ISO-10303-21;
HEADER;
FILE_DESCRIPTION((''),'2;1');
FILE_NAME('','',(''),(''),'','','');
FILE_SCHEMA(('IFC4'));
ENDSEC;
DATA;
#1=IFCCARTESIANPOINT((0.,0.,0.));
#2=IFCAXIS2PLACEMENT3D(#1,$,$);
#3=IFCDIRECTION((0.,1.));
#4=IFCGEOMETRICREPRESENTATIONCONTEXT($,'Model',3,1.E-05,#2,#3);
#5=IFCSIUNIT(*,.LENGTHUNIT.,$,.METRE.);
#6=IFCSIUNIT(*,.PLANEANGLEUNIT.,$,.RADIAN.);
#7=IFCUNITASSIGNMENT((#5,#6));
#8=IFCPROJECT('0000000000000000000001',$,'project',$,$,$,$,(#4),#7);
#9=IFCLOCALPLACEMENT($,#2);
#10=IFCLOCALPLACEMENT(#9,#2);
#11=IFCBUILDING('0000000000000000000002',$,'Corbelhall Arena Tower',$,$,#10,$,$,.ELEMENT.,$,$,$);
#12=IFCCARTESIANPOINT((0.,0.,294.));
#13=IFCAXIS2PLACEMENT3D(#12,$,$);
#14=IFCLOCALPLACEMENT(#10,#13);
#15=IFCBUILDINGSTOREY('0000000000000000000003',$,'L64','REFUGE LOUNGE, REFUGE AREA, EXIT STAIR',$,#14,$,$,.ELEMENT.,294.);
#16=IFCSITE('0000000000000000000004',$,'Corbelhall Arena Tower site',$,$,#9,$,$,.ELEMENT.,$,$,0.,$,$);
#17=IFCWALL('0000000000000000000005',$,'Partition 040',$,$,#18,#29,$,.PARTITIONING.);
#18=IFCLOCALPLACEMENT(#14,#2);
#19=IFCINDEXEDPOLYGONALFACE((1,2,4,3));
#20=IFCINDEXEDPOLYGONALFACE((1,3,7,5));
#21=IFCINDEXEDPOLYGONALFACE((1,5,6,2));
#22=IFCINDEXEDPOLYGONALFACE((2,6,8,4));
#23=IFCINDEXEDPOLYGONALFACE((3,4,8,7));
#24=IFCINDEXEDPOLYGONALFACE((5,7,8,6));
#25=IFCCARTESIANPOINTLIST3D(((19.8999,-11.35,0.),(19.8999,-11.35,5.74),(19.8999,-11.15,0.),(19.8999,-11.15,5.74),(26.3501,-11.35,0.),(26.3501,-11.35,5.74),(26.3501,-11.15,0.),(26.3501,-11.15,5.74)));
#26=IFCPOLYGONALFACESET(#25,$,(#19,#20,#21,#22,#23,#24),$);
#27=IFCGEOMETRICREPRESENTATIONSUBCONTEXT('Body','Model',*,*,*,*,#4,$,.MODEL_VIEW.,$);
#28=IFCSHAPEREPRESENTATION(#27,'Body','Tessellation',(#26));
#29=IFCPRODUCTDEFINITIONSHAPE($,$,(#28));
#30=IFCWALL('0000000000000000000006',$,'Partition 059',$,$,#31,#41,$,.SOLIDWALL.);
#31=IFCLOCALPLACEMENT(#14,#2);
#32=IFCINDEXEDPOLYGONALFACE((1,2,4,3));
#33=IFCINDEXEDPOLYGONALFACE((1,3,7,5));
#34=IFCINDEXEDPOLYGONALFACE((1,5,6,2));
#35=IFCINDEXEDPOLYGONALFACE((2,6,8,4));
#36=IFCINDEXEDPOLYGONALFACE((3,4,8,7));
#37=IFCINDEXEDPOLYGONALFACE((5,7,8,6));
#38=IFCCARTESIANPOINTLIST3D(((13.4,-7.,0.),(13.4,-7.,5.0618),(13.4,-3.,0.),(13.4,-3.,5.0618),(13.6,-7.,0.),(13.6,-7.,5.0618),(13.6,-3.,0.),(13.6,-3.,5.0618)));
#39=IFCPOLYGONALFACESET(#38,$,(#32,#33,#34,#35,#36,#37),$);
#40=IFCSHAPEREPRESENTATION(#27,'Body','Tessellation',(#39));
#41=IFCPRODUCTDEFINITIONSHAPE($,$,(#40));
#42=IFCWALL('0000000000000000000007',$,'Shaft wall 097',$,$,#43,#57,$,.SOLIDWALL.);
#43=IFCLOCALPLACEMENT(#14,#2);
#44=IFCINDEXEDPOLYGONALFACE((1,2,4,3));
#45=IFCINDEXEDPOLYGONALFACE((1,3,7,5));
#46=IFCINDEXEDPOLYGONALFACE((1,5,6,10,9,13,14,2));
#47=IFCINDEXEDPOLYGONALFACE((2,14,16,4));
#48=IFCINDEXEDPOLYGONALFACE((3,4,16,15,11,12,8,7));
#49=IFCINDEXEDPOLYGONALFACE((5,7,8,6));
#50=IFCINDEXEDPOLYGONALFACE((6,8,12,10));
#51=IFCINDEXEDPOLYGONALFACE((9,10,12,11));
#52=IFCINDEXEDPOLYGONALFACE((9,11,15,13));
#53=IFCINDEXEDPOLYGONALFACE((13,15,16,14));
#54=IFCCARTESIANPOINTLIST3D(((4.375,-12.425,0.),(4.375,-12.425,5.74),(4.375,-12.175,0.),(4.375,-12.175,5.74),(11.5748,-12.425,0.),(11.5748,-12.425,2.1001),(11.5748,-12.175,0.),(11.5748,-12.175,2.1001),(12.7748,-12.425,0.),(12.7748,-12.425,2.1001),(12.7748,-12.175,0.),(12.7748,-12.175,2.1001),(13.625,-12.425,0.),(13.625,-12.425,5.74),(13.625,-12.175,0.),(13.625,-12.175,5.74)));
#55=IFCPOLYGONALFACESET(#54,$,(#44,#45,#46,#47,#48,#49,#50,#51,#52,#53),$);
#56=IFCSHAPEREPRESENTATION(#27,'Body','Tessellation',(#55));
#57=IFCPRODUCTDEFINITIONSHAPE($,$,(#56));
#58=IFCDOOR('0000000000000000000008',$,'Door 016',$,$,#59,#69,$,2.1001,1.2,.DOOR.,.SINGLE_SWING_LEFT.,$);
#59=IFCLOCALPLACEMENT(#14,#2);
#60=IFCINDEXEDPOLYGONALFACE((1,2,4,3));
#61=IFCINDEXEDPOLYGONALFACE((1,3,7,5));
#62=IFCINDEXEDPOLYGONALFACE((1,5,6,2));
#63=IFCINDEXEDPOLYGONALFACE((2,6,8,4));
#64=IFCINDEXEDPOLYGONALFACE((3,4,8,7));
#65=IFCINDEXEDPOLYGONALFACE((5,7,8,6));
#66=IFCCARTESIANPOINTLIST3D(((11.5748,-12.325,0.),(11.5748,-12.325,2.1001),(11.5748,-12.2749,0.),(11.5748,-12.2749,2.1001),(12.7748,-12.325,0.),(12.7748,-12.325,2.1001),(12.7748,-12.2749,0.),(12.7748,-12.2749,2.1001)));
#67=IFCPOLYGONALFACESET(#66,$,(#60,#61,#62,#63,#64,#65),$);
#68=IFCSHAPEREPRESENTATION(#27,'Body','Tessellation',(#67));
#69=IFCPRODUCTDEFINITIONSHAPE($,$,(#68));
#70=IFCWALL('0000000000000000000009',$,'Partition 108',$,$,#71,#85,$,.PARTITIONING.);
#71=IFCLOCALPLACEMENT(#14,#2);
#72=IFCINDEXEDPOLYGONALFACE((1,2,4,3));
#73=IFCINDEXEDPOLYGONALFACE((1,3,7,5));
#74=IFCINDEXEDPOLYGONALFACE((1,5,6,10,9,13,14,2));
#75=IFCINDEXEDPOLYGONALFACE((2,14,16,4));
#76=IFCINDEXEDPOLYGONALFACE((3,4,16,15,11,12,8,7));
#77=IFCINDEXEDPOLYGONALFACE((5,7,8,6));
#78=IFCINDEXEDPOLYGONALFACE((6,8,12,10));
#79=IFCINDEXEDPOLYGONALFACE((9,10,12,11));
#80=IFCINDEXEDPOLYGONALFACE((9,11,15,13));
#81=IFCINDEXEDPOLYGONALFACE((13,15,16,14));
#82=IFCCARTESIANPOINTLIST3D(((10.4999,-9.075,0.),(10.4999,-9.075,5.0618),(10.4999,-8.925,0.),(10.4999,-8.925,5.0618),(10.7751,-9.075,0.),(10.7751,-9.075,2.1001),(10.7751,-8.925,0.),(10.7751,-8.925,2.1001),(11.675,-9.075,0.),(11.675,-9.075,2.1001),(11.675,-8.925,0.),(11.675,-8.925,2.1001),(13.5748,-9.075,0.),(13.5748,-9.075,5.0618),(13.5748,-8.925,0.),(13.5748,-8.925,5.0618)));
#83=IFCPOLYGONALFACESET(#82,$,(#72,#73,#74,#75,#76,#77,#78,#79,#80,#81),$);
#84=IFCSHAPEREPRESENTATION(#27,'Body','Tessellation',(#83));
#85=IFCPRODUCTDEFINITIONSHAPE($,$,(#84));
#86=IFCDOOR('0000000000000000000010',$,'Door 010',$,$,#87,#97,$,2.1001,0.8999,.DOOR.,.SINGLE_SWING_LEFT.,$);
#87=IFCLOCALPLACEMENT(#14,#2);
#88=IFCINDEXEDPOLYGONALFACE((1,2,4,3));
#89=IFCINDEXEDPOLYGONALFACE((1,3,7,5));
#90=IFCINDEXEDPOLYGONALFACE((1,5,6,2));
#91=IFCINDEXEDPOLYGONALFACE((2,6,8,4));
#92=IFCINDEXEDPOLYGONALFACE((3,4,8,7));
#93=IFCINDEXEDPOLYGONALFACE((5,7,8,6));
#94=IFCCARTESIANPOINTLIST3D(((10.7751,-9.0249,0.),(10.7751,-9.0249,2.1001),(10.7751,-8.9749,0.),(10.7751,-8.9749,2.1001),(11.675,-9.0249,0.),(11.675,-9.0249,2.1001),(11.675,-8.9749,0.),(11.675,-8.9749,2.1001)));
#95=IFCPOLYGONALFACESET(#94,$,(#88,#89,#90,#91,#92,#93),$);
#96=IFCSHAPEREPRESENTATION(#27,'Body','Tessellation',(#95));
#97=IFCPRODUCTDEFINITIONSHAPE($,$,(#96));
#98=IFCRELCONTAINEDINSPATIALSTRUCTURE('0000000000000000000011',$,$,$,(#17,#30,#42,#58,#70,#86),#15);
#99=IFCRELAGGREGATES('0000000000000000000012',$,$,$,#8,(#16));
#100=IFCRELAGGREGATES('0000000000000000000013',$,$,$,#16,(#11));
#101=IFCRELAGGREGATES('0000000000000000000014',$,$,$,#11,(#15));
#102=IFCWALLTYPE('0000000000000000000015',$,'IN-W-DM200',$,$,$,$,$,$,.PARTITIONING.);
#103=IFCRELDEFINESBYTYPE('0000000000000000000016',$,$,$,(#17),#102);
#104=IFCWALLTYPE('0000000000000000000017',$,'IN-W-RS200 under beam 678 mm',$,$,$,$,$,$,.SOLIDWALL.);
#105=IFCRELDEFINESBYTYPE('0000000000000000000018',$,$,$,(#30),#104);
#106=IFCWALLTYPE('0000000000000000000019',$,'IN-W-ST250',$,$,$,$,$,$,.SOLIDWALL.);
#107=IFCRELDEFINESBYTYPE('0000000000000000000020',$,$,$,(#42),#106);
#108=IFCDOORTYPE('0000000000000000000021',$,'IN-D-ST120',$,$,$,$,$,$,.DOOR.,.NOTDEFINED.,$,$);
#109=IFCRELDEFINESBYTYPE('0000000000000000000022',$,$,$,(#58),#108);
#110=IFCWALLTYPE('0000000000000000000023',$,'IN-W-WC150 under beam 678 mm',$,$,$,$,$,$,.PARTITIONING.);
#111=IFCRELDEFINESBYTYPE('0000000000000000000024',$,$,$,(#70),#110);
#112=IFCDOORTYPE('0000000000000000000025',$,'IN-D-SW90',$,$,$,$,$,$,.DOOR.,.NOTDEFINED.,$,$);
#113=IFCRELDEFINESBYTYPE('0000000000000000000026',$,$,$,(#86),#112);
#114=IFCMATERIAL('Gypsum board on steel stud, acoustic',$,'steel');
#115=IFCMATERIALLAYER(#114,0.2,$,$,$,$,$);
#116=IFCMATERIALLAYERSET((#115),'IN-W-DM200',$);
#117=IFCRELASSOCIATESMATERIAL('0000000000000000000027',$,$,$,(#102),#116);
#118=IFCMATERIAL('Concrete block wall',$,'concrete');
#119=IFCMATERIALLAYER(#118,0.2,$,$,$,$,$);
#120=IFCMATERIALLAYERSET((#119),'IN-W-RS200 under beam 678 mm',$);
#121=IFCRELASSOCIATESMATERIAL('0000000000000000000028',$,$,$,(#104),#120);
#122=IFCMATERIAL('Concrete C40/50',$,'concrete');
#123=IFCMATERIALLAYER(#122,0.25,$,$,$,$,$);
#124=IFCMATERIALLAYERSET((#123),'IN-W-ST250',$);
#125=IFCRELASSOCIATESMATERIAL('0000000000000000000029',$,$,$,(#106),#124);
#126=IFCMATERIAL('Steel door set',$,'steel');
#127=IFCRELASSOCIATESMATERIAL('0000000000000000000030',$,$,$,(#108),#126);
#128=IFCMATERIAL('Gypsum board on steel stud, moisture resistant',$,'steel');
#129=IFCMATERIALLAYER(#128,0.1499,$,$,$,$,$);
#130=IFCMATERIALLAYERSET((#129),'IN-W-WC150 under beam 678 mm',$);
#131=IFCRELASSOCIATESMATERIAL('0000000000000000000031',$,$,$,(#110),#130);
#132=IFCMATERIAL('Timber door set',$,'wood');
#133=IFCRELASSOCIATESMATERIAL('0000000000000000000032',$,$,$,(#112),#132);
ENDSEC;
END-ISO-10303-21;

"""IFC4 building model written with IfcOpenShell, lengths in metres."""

from ifc_helpers import new_model, si_unit, direction, frame, frame_2d, origin, place, context, subcontext, project, spatial, rectangle, extrude, material, layer, layer_set, type_object, element, fill, save


model = new_model("IFC4")

# Units and contexts
model_context = context("Model", 3, precision=1e-05, world=origin(), true_north=direction((0.0, 1.0)))
body_context = subcontext(model_context, "Body", "Model", "MODEL_VIEW")
ifc_project = project(units=[si_unit("LENGTHUNIT", "METRE"), si_unit("PLANEANGLEUNIT", "RADIAN")], contexts=[model_context])

# Site, building, storey
site_placement = place(None, origin())
site = spatial("IfcSite", under=ifc_project, at=site_placement, Name="Corbelhall Arena Tower site", CompositionType="ELEMENT", RefElevation=0.0)
building_placement = place(site_placement, origin())
building = spatial("IfcBuilding", under=site, at=building_placement, Name="Corbelhall Arena Tower", CompositionType="ELEMENT")
storey_placement = place(building_placement, frame((0.0, 0.0, 294.0)))
storey = spatial("IfcBuildingStorey", under=building, at=storey_placement, Name="L64", Description="REFUGE LOUNGE, REFUGE AREA, EXIT STAIR", CompositionType="ELEMENT", Elevation=294.0)

# Shared definitions
ifc_material_1 = material(Name="Gypsum board on steel stud, acoustic", Category="steel")
ifc_layer_1 = layer(ifc_material_1, 0.2)
ifc_layer_set_1 = layer_set([ifc_layer_1], Name="IN-W-DM200")
wall_type_1 = type_object("IfcWallType", Name="IN-W-DM200", PredefinedType="PARTITIONING", material=ifc_layer_set_1)

# Shared definitions
ifc_material_2 = material(Name="Steel door set", Category="steel")

# Walls
wall_1_placement = place(storey_placement, frame((19.8999, -11.25, 0.0), z_axis=(0.0, 0.0, 1.0), x_axis=(1.0, 0.0, 0.0)))
element("IfcWall", 1, at=wall_1_placement, inside=storey, type_object=wall_type_1, Name="Partition 040", PredefinedType="PARTITIONING", context=body_context, shape_type="SweptSolid", body=[
    extrude(rectangle(XDim=6.4502, YDim=0.2, at=frame_2d((3.2251, 0.0))), origin(), (0.0, 0.0, 1.0), 5.74),
])
ifc_material_3 = material(Name="Concrete block wall", Category="concrete")
ifc_layer_2 = layer(ifc_material_3, 0.2)
ifc_layer_set_2 = layer_set([ifc_layer_2], Name="IN-W-RS200 under beam 678 mm")
wall_type_2 = type_object("IfcWallType", Name="IN-W-RS200 under beam 678 mm", PredefinedType="SOLIDWALL", material=ifc_layer_set_2)
wall_2_placement = place(storey_placement, frame((13.5, -3.0, 0.0), z_axis=(0.0, 0.0, 1.0), x_axis=(0.0, -1.0, 0.0)))
element("IfcWall", 2, at=wall_2_placement, inside=storey, type_object=wall_type_2, Name="Partition 059", PredefinedType="SOLIDWALL", context=body_context, shape_type="SweptSolid", body=[
    extrude(rectangle(XDim=4.0, YDim=0.2, at=frame_2d((2.0, 0.0))), origin(), (0.0, 0.0, 1.0), 5.0618),
])

# Walls, openings, doors
ifc_material_4 = material(Name="Concrete C40/50", Category="concrete")
ifc_layer_3 = layer(ifc_material_4, 0.25)
ifc_layer_set_3 = layer_set([ifc_layer_3], Name="IN-W-ST250")
wall_type_3 = type_object("IfcWallType", Name="IN-W-ST250", PredefinedType="SOLIDWALL", material=ifc_layer_set_3)
wall_3_placement = place(storey_placement, frame((13.625, -12.3, 0.0), z_axis=(0.0, 0.0, 1.0), x_axis=(-1.0, 0.0, 0.0)))
wall_3 = element("IfcWall", 3, at=wall_3_placement, inside=storey, type_object=wall_type_3, Name="Shaft wall 097", PredefinedType="SOLIDWALL", context=body_context, shape_type="SweptSolid", body=[
    extrude(rectangle(XDim=9.25, YDim=0.25, at=frame_2d((4.625, 0.0))), origin(), (0.0, 0.0, 1.0), 5.74),
])
opening_1_placement = place(wall_3_placement, frame((0.8501, 0.0, 0.0)))
opening_1 = element("IfcOpeningElement", 4, at=opening_1_placement, cuts=wall_3, PredefinedType="OPENING", context=body_context, shape_type="SweptSolid", body=[
    extrude(rectangle(XDim=1.2, YDim=2.1001, at=frame_2d((0.6001, 1.05))), frame((0.0, 0.125, 0.0), z_axis=(0.0, -1.0, 0.0), x_axis=(1.0, 0.0, 0.0)), (0.0, 0.0, 1.0), 0.25),
])
door_type_1 = type_object("IfcDoorType", Name="IN-D-ST120", OperationType="NOTDEFINED", PredefinedType="DOOR", material=ifc_material_2)
door_1_placement = place(opening_1_placement, origin())
door_1 = element("IfcDoor", 5, at=door_1_placement, inside=storey, type_object=door_type_1, Name="Door 016", OperationType="SINGLE_SWING_LEFT", OverallHeight=2.1001, OverallWidth=1.2, PredefinedType="DOOR", context=body_context, shape_type="SweptSolid", body=[
    extrude(rectangle(XDim=1.2, YDim=2.1001, at=frame_2d((0.6001, 1.05))), frame((0.0, 0.0249, 0.0), z_axis=(0.0, -1.0, 0.0), x_axis=(1.0, 0.0, 0.0)), (0.0, 0.0, 1.0), 0.05),
])
fill(opening_1, door_1)
ifc_material_5 = material(Name="Gypsum board on steel stud, moisture resistant", Category="steel")
ifc_layer_4 = layer(ifc_material_5, 0.1499)
ifc_layer_set_4 = layer_set([ifc_layer_4], Name="IN-W-WC150 under beam 678 mm")
wall_type_4 = type_object("IfcWallType", Name="IN-W-WC150 under beam 678 mm", PredefinedType="PARTITIONING", material=ifc_layer_set_4)
wall_4_placement = place(storey_placement, frame((13.575, -9.0, 0.0), z_axis=(0.0, 0.0, 1.0), x_axis=(-1.0, 0.0, 0.0)))
wall_4 = element("IfcWall", 6, at=wall_4_placement, inside=storey, type_object=wall_type_4, Name="Partition 108", PredefinedType="PARTITIONING", context=body_context, shape_type="SweptSolid", body=[
    extrude(rectangle(XDim=3.075, YDim=0.1499, at=frame_2d((1.5376, 0.0))), origin(), (0.0, 0.0, 1.0), 5.0618),
])
opening_2_placement = place(wall_4_placement, frame((1.8999, 0.0, 0.0)))
opening_2 = element("IfcOpeningElement", 7, at=opening_2_placement, cuts=wall_4, PredefinedType="OPENING", context=body_context, shape_type="SweptSolid", body=[
    extrude(rectangle(XDim=0.8999, YDim=2.1001, at=frame_2d((0.45, 1.05))), frame((0.0, 0.075, 0.0), z_axis=(0.0, -1.0, 0.0), x_axis=(1.0, 0.0, 0.0)), (0.0, 0.0, 1.0), 0.1499),
])
ifc_material_6 = material(Name="Timber door set", Category="wood")
door_type_2 = type_object("IfcDoorType", Name="IN-D-SW90", OperationType="NOTDEFINED", PredefinedType="DOOR", material=ifc_material_6)
door_2_placement = place(opening_2_placement, origin())
door_2 = element("IfcDoor", 8, at=door_2_placement, inside=storey, type_object=door_type_2, Name="Door 010", OperationType="SINGLE_SWING_LEFT", OverallHeight=2.1001, OverallWidth=0.8999, PredefinedType="DOOR", context=body_context, shape_type="SweptSolid", body=[
    extrude(rectangle(XDim=0.8999, YDim=2.1001, at=frame_2d((0.45, 1.05))), frame((0.0, 0.0249, 0.0), z_axis=(0.0, -1.0, 0.0), x_axis=(1.0, 0.0, 0.0)), (0.0, 0.0, 1.0), 0.05),
])
fill(opening_2, door_2)

save(model, "model.ifc")
